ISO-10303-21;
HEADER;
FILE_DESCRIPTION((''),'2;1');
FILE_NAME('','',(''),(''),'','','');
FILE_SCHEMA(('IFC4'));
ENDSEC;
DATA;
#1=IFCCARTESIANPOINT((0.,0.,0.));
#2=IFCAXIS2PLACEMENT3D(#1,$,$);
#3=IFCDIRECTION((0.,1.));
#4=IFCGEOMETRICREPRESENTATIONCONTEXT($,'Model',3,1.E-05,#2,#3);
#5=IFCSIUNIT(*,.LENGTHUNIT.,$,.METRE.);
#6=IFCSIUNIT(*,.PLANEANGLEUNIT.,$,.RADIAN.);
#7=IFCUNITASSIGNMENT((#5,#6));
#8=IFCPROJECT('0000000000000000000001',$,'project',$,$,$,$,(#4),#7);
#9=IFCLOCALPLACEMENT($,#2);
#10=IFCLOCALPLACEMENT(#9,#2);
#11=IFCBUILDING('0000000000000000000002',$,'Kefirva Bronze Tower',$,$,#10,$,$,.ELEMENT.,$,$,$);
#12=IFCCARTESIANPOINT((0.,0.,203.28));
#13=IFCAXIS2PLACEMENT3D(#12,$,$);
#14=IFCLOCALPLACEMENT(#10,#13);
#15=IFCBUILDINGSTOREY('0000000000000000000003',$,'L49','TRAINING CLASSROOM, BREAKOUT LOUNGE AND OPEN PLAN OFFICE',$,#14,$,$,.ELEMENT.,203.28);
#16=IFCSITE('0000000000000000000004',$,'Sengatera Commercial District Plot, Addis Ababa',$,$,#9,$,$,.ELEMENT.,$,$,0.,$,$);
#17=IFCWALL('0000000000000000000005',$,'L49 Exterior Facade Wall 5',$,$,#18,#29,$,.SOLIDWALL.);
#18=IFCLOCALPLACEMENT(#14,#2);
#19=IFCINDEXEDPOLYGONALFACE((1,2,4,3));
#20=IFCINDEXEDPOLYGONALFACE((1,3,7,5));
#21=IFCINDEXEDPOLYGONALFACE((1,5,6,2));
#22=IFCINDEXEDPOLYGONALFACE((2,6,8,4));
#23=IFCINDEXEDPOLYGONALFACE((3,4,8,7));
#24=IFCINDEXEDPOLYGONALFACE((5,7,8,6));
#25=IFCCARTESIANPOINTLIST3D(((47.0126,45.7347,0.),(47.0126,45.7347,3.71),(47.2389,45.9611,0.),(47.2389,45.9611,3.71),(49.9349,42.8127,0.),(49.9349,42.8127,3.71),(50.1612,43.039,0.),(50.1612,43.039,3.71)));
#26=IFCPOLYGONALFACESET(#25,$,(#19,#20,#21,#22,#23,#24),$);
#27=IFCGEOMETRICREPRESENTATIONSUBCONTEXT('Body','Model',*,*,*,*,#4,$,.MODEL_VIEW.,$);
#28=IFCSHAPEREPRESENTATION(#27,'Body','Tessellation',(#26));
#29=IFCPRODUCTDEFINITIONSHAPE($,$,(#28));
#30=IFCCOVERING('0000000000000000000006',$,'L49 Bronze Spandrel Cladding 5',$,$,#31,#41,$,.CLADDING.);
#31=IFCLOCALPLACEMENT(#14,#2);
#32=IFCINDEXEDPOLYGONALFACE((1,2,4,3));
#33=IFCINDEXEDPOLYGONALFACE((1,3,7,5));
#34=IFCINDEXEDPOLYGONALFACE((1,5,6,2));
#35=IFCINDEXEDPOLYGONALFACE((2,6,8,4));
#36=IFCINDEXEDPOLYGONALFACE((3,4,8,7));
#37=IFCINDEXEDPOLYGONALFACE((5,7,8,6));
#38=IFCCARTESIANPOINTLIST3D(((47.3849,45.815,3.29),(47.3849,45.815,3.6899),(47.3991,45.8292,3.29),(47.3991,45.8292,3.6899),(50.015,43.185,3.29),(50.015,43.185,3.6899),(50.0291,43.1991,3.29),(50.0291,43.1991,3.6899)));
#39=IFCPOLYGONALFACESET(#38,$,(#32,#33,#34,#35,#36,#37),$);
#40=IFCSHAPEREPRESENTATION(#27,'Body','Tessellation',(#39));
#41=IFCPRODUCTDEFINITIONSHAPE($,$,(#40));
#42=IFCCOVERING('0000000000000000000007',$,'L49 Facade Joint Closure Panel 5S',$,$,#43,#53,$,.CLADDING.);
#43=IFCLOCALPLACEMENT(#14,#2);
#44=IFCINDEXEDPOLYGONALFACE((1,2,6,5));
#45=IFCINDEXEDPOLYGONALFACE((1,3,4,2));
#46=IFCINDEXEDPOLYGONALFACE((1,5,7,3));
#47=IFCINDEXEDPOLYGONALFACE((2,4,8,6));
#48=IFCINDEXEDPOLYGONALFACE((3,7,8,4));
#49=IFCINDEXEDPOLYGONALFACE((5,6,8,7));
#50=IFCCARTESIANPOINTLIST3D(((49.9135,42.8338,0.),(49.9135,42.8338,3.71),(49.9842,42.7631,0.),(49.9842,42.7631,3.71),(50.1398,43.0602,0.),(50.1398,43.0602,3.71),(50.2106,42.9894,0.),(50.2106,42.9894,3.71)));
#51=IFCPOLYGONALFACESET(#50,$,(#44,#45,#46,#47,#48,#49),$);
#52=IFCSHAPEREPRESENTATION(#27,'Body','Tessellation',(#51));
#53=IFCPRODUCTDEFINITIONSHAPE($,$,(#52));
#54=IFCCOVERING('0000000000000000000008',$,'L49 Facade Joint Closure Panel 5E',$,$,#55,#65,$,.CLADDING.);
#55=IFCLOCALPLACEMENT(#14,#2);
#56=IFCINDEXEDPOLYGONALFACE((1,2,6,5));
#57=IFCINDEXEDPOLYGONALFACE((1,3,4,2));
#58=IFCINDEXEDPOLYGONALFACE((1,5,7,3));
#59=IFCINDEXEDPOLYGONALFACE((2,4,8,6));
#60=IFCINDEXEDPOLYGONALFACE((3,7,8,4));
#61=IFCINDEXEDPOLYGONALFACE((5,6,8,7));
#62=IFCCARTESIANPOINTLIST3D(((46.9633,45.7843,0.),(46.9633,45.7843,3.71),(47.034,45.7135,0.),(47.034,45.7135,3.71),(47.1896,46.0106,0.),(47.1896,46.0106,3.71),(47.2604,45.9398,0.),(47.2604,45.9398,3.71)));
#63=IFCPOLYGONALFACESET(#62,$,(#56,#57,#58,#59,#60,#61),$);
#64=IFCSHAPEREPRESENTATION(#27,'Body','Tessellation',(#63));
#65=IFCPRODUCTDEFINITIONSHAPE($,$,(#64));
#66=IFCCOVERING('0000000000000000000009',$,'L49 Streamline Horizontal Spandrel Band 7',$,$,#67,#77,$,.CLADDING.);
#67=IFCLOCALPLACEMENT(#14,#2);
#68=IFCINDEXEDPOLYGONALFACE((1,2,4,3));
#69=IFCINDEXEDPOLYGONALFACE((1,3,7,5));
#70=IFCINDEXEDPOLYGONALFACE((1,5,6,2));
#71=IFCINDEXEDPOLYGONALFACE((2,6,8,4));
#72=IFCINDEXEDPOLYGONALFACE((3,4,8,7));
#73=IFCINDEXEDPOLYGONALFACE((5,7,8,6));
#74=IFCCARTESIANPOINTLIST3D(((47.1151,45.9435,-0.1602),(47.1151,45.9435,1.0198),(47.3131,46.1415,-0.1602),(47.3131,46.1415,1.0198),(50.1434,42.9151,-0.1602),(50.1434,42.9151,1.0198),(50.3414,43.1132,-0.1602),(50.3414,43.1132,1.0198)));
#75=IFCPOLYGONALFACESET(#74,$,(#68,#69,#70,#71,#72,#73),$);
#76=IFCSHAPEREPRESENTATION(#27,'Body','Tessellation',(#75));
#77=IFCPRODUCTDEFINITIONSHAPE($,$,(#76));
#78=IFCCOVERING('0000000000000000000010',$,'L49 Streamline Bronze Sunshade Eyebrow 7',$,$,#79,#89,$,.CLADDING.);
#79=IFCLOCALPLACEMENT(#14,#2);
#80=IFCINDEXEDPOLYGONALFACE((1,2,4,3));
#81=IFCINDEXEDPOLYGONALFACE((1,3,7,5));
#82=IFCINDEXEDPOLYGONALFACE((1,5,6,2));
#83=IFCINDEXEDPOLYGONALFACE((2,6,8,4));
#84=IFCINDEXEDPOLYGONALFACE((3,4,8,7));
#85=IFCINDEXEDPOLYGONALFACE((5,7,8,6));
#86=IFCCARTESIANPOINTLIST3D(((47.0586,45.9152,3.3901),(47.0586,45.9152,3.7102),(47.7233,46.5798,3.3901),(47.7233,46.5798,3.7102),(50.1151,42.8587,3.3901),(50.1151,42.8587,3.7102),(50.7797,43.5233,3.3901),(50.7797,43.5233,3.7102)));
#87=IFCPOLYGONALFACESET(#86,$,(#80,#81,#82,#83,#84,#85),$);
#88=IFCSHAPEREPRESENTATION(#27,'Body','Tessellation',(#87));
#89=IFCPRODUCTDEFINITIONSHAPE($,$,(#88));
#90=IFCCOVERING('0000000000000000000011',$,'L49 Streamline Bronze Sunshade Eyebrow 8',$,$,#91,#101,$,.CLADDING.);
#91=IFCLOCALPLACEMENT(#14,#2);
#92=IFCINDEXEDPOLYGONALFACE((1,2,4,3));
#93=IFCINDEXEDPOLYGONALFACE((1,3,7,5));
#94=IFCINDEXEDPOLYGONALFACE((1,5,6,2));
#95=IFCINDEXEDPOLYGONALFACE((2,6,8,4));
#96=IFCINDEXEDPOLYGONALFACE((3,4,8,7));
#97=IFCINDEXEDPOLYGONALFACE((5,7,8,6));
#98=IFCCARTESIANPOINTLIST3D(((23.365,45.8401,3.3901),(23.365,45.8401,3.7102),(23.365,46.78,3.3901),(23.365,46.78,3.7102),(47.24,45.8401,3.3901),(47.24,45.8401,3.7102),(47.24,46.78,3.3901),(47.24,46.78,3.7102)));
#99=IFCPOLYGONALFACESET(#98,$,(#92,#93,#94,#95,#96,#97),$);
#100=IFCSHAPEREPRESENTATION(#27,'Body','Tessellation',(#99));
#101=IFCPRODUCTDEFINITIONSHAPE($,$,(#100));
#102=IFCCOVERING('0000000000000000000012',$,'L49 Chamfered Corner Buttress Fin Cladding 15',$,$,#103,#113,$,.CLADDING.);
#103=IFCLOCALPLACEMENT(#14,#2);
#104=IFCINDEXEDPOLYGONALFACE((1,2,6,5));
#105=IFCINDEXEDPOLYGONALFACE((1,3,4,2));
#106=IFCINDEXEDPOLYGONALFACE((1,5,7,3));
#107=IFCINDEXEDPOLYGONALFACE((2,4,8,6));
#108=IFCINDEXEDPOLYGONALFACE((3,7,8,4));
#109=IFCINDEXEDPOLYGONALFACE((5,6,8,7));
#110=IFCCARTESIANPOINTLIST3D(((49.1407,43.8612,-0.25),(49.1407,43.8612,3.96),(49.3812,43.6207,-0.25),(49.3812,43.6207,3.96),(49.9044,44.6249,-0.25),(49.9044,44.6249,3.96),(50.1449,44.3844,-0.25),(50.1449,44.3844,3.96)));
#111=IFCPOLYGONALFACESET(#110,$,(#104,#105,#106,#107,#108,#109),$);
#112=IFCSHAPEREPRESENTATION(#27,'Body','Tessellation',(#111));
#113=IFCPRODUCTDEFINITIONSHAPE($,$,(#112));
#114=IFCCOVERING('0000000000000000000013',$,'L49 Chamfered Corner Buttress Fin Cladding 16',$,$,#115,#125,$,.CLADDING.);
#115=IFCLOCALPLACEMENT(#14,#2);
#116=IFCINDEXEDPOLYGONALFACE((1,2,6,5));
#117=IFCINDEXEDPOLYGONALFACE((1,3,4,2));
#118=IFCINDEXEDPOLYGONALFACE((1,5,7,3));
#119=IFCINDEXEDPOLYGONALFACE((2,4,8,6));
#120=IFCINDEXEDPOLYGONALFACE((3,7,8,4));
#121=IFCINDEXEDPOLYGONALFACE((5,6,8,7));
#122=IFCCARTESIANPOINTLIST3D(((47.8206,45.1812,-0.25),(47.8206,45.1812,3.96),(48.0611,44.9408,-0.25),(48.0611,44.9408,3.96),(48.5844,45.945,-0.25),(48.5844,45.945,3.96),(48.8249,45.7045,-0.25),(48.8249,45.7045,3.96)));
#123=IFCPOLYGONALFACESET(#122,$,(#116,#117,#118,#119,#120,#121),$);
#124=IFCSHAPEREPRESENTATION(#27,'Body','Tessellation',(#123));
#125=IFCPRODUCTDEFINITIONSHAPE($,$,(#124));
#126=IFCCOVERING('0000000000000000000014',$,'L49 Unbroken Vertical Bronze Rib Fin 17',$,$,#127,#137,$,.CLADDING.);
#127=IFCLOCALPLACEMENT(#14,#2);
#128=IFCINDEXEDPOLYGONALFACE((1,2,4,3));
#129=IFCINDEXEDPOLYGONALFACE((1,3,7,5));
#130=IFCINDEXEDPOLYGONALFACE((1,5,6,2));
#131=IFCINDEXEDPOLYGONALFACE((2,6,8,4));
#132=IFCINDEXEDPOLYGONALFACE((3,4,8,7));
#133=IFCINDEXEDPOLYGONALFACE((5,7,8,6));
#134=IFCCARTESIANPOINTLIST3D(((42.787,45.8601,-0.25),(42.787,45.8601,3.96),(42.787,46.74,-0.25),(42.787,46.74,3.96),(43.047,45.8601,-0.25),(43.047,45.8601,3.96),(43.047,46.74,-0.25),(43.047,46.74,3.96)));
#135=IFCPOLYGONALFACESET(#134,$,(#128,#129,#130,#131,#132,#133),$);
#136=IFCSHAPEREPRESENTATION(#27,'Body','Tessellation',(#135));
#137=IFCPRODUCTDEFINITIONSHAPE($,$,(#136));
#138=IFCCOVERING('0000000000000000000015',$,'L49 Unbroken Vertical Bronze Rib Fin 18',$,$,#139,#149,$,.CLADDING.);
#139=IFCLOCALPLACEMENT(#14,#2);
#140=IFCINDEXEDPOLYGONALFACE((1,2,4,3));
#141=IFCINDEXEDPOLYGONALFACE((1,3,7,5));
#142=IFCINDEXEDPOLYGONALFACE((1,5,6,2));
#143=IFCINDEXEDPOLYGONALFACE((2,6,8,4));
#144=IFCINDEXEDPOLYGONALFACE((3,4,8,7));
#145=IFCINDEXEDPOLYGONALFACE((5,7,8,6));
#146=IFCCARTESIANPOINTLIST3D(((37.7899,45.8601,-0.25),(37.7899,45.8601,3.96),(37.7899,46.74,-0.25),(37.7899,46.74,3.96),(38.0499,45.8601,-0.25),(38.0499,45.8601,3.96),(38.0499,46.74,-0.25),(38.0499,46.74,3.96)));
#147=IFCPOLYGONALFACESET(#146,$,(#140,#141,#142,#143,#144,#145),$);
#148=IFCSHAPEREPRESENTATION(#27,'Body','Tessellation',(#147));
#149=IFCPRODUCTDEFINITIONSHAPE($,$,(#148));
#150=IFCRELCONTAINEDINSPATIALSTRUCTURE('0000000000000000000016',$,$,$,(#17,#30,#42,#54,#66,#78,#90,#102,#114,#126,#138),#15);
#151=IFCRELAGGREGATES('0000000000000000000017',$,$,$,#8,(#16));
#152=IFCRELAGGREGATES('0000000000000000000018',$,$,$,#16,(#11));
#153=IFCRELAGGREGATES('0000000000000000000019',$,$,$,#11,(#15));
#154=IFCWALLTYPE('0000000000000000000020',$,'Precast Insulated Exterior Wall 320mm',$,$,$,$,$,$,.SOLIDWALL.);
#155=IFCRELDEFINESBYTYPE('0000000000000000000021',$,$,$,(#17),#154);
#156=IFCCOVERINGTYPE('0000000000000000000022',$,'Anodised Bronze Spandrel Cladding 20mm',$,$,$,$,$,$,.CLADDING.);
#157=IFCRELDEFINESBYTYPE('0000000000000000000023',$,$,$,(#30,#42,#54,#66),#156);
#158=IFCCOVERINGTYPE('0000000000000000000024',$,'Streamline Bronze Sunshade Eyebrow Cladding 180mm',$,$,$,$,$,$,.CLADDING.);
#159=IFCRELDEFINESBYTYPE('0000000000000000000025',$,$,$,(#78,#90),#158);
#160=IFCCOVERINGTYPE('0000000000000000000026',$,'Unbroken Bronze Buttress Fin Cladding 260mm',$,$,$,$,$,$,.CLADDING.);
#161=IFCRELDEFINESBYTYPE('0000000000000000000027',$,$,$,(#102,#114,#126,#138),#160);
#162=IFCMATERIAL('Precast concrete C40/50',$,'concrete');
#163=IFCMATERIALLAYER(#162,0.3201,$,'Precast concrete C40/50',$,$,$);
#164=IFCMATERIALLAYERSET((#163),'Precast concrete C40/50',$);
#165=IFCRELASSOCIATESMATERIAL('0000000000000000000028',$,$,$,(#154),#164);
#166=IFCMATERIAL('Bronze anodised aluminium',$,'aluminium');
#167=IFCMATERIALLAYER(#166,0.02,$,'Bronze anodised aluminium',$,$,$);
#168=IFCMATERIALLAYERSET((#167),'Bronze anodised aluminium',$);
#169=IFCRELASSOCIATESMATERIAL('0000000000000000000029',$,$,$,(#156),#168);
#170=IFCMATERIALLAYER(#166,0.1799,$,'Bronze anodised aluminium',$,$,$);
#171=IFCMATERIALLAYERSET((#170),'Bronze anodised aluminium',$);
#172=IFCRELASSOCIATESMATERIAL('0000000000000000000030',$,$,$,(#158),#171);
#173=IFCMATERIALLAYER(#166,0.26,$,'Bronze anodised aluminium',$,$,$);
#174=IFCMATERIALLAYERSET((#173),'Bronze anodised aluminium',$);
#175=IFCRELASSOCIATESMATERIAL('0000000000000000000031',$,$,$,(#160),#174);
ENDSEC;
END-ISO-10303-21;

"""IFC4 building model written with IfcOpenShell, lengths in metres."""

from ifc_helpers import new_model, si_unit, direction, frame, frame_2d, origin, origin_2d, place, context, subcontext, project, spatial, rectangle, extrude, material, layer, layer_set, type_object, element, save


model = new_model("IFC4")

# Units and contexts
model_context = context("Model", 3, precision=1e-05, world=origin(), true_north=direction((0.0, 1.0)))
body_context = subcontext(model_context, "Body", "Model", "MODEL_VIEW")
ifc_project = project(units=[si_unit("LENGTHUNIT", "METRE"), si_unit("PLANEANGLEUNIT", "RADIAN")], contexts=[model_context])

# Site, building, storey
site_placement = place(None, origin())
site = spatial("IfcSite", under=ifc_project, at=site_placement, Name="Sengatera Commercial District Plot, Addis Ababa", CompositionType="ELEMENT", RefElevation=0.0)
building_placement = place(site_placement, origin())
building = spatial("IfcBuilding", under=site, at=building_placement, Name="Kefirva Bronze Tower", CompositionType="ELEMENT")
storey_placement = place(building_placement, frame((0.0, 0.0, 203.28)))
storey = spatial("IfcBuildingStorey", under=building, at=storey_placement, Name="L49", Description="TRAINING CLASSROOM, BREAKOUT LOUNGE AND OPEN PLAN OFFICE", CompositionType="ELEMENT", Elevation=203.28)

# Shared definitions
ifc_material_1 = material(Name="Bronze anodised aluminium", Category="aluminium")

# Wall
ifc_material_2 = material(Name="Precast concrete C40/50", Category="concrete")
ifc_layer_1 = layer(ifc_material_2, 0.3201, Name="Precast concrete C40/50")
ifc_layer_set_1 = layer_set([ifc_layer_1], Name="Precast concrete C40/50")
wall_type = type_object("IfcWallType", Name="Precast Insulated Exterior Wall 320mm", PredefinedType="SOLIDWALL", material=ifc_layer_set_1)
wall_placement = place(storey_placement, frame((50.0481, 42.9258, 0.0), z_axis=(0.0, 0.0, 1.0), x_axis=(-0.707136, 0.707077, 0.0)))
element("IfcWall", 1, at=wall_placement, inside=storey, type_object=wall_type, Name="L49 Exterior Facade Wall 5", PredefinedType="SOLIDWALL", context=body_context, shape_type="SweptSolid", body=[
    extrude(rectangle(XDim=4.1326, YDim=0.3201, at=frame_2d((2.0664, 0.0))), origin(), (0.0, 0.0, 1.0), 3.71),
])

# Coverings
ifc_layer_2 = layer(ifc_material_1, 0.02, Name="Bronze anodised aluminium")
ifc_layer_set_2 = layer_set([ifc_layer_2], Name="Bronze anodised aluminium")
covering_type_1 = type_object("IfcCoveringType", Name="Anodised Bronze Spandrel Cladding 20mm", PredefinedType="CLADDING", material=ifc_layer_set_2)
covering_1_placement = place(storey_placement, frame((48.707, 44.5071, 3.29), z_axis=(0.0, 0.0, 1.0), x_axis=(-0.707107, 0.707107, 0.0)))
element("IfcCovering", 2, at=covering_1_placement, inside=storey, type_object=covering_type_1, Name="L49 Bronze Spandrel Cladding 5", PredefinedType="CLADDING", context=body_context, shape_type="SweptSolid", body=[
    extrude(rectangle(XDim=3.7195, YDim=0.02, at=origin_2d()), origin(), (0.0, 0.0, 1.0), 0.3999),
])
for number, where, z_axis, x_axis, name in (
    (3, (50.062, 42.9116, 0.0), (0.0, 0.0, 1.0), (-0.707107, 0.707107, 0.0), "L49 Facade Joint Closure Panel 5S"),
    (4, (47.1118, 45.8621, 0.0), (0.0, 0.0, 1.0), (-0.707107, 0.707107, 0.0), "L49 Facade Joint Closure Panel 5E"),
):
    element("IfcCovering", number, at=place(storey_placement, frame(where, z_axis=z_axis, x_axis=x_axis)), inside=storey, type_object=covering_type_1, Name=name, PredefinedType="CLADDING", context=body_context, shape_type="SweptSolid", body=[
        extrude(rectangle(XDim=0.1001, YDim=0.3201, at=origin_2d()), origin(), (0.0, 0.0, 1.0), 3.71),
    ])
covering_2_placement = place(storey_placement, frame((48.7283, 44.5283, -0.1602), z_axis=(0.0, 0.0, 1.0), x_axis=(-0.707107, 0.707107, 0.0)))
element("IfcCovering", 5, at=covering_2_placement, inside=storey, type_object=covering_type_1, Name="L49 Streamline Horizontal Spandrel Band 7", PredefinedType="CLADDING", context=body_context, shape_type="SweptSolid", body=[
    extrude(rectangle(XDim=4.2827, YDim=0.28, at=origin_2d()), origin(), (0.0, 0.0, 1.0), 1.1799),
])
ifc_layer_3 = layer(ifc_material_1, 0.1799, Name="Bronze anodised aluminium")
ifc_layer_set_3 = layer_set([ifc_layer_3], Name="Bronze anodised aluminium")
covering_type_2 = type_object("IfcCoveringType", Name="Streamline Bronze Sunshade Eyebrow Cladding 180mm", PredefinedType="CLADDING", material=ifc_layer_set_3)
covering_3_placement = place(storey_placement, frame((48.9192, 44.7192, 3.3901), z_axis=(0.0, 0.0, 1.0), x_axis=(-0.707107, 0.707107, 0.0)))
element("IfcCovering", 6, at=covering_3_placement, inside=storey, type_object=covering_type_2, Name="L49 Streamline Bronze Sunshade Eyebrow 7", PredefinedType="CLADDING", context=body_context, shape_type="SweptSolid", body=[
    extrude(rectangle(XDim=4.3225, YDim=0.9399, at=origin_2d()), origin(), (0.0, 0.0, 1.0), 0.3201),
])
covering_4_placement = place(storey_placement, frame((35.3025, 46.3101, 3.3901), z_axis=(0.0, 0.0, 1.0), x_axis=(-1.0, 0.0, 0.0)))
element("IfcCovering", 7, at=covering_4_placement, inside=storey, type_object=covering_type_2, Name="L49 Streamline Bronze Sunshade Eyebrow 8", PredefinedType="CLADDING", context=body_context, shape_type="SweptSolid", body=[
    extrude(rectangle(XDim=23.875, YDim=0.9399, at=origin_2d()), origin(), (0.0, 0.0, 1.0), 0.3201),
])
ifc_layer_4 = layer(ifc_material_1, 0.26, Name="Bronze anodised aluminium")
ifc_layer_set_4 = layer_set([ifc_layer_4], Name="Bronze anodised aluminium")
covering_type_3 = type_object("IfcCoveringType", Name="Unbroken Bronze Buttress Fin Cladding 260mm", PredefinedType="CLADDING", material=ifc_layer_set_4)
for number, where, z_axis, x_axis, name in (
    (8, (49.6428, 44.1228, -0.25), (0.0, 0.0, 1.0), (-0.707107, 0.707107, 0.0), "L49 Chamfered Corner Buttress Fin Cladding 15"),
    (9, (48.3228, 45.4429, -0.25), (0.0, 0.0, 1.0), (-0.707107, 0.707107, 0.0), "L49 Chamfered Corner Buttress Fin Cladding 16"),
):
    element("IfcCovering", number, at=place(storey_placement, frame(where, z_axis=z_axis, x_axis=x_axis)), inside=storey, type_object=covering_type_3, Name=name, PredefinedType="CLADDING", context=body_context, shape_type="SweptSolid", body=[
        extrude(rectangle(XDim=0.3401, YDim=1.0801, at=origin_2d()), origin(), (0.0, 0.0, 1.0), 4.21),
    ])
for number, where, z_axis, x_axis, name in (
    (10, (42.917, 46.3, -0.25), (0.0, 0.0, 1.0), (-1.0, 0.0, 0.0), "L49 Unbroken Vertical Bronze Rib Fin 17"),
    (11, (37.9199, 46.3, -0.25), (0.0, 0.0, 1.0), (-1.0, 0.0, 0.0), "L49 Unbroken Vertical Bronze Rib Fin 18"),
):
    element("IfcCovering", number, at=place(storey_placement, frame(where, z_axis=z_axis, x_axis=x_axis)), inside=storey, type_object=covering_type_3, Name=name, PredefinedType="CLADDING", context=body_context, shape_type="SweptSolid", body=[
        extrude(rectangle(XDim=0.26, YDim=0.8799, at=origin_2d()), origin(), (0.0, 0.0, 1.0), 4.21),
    ])

save(model, "model.ifc")
